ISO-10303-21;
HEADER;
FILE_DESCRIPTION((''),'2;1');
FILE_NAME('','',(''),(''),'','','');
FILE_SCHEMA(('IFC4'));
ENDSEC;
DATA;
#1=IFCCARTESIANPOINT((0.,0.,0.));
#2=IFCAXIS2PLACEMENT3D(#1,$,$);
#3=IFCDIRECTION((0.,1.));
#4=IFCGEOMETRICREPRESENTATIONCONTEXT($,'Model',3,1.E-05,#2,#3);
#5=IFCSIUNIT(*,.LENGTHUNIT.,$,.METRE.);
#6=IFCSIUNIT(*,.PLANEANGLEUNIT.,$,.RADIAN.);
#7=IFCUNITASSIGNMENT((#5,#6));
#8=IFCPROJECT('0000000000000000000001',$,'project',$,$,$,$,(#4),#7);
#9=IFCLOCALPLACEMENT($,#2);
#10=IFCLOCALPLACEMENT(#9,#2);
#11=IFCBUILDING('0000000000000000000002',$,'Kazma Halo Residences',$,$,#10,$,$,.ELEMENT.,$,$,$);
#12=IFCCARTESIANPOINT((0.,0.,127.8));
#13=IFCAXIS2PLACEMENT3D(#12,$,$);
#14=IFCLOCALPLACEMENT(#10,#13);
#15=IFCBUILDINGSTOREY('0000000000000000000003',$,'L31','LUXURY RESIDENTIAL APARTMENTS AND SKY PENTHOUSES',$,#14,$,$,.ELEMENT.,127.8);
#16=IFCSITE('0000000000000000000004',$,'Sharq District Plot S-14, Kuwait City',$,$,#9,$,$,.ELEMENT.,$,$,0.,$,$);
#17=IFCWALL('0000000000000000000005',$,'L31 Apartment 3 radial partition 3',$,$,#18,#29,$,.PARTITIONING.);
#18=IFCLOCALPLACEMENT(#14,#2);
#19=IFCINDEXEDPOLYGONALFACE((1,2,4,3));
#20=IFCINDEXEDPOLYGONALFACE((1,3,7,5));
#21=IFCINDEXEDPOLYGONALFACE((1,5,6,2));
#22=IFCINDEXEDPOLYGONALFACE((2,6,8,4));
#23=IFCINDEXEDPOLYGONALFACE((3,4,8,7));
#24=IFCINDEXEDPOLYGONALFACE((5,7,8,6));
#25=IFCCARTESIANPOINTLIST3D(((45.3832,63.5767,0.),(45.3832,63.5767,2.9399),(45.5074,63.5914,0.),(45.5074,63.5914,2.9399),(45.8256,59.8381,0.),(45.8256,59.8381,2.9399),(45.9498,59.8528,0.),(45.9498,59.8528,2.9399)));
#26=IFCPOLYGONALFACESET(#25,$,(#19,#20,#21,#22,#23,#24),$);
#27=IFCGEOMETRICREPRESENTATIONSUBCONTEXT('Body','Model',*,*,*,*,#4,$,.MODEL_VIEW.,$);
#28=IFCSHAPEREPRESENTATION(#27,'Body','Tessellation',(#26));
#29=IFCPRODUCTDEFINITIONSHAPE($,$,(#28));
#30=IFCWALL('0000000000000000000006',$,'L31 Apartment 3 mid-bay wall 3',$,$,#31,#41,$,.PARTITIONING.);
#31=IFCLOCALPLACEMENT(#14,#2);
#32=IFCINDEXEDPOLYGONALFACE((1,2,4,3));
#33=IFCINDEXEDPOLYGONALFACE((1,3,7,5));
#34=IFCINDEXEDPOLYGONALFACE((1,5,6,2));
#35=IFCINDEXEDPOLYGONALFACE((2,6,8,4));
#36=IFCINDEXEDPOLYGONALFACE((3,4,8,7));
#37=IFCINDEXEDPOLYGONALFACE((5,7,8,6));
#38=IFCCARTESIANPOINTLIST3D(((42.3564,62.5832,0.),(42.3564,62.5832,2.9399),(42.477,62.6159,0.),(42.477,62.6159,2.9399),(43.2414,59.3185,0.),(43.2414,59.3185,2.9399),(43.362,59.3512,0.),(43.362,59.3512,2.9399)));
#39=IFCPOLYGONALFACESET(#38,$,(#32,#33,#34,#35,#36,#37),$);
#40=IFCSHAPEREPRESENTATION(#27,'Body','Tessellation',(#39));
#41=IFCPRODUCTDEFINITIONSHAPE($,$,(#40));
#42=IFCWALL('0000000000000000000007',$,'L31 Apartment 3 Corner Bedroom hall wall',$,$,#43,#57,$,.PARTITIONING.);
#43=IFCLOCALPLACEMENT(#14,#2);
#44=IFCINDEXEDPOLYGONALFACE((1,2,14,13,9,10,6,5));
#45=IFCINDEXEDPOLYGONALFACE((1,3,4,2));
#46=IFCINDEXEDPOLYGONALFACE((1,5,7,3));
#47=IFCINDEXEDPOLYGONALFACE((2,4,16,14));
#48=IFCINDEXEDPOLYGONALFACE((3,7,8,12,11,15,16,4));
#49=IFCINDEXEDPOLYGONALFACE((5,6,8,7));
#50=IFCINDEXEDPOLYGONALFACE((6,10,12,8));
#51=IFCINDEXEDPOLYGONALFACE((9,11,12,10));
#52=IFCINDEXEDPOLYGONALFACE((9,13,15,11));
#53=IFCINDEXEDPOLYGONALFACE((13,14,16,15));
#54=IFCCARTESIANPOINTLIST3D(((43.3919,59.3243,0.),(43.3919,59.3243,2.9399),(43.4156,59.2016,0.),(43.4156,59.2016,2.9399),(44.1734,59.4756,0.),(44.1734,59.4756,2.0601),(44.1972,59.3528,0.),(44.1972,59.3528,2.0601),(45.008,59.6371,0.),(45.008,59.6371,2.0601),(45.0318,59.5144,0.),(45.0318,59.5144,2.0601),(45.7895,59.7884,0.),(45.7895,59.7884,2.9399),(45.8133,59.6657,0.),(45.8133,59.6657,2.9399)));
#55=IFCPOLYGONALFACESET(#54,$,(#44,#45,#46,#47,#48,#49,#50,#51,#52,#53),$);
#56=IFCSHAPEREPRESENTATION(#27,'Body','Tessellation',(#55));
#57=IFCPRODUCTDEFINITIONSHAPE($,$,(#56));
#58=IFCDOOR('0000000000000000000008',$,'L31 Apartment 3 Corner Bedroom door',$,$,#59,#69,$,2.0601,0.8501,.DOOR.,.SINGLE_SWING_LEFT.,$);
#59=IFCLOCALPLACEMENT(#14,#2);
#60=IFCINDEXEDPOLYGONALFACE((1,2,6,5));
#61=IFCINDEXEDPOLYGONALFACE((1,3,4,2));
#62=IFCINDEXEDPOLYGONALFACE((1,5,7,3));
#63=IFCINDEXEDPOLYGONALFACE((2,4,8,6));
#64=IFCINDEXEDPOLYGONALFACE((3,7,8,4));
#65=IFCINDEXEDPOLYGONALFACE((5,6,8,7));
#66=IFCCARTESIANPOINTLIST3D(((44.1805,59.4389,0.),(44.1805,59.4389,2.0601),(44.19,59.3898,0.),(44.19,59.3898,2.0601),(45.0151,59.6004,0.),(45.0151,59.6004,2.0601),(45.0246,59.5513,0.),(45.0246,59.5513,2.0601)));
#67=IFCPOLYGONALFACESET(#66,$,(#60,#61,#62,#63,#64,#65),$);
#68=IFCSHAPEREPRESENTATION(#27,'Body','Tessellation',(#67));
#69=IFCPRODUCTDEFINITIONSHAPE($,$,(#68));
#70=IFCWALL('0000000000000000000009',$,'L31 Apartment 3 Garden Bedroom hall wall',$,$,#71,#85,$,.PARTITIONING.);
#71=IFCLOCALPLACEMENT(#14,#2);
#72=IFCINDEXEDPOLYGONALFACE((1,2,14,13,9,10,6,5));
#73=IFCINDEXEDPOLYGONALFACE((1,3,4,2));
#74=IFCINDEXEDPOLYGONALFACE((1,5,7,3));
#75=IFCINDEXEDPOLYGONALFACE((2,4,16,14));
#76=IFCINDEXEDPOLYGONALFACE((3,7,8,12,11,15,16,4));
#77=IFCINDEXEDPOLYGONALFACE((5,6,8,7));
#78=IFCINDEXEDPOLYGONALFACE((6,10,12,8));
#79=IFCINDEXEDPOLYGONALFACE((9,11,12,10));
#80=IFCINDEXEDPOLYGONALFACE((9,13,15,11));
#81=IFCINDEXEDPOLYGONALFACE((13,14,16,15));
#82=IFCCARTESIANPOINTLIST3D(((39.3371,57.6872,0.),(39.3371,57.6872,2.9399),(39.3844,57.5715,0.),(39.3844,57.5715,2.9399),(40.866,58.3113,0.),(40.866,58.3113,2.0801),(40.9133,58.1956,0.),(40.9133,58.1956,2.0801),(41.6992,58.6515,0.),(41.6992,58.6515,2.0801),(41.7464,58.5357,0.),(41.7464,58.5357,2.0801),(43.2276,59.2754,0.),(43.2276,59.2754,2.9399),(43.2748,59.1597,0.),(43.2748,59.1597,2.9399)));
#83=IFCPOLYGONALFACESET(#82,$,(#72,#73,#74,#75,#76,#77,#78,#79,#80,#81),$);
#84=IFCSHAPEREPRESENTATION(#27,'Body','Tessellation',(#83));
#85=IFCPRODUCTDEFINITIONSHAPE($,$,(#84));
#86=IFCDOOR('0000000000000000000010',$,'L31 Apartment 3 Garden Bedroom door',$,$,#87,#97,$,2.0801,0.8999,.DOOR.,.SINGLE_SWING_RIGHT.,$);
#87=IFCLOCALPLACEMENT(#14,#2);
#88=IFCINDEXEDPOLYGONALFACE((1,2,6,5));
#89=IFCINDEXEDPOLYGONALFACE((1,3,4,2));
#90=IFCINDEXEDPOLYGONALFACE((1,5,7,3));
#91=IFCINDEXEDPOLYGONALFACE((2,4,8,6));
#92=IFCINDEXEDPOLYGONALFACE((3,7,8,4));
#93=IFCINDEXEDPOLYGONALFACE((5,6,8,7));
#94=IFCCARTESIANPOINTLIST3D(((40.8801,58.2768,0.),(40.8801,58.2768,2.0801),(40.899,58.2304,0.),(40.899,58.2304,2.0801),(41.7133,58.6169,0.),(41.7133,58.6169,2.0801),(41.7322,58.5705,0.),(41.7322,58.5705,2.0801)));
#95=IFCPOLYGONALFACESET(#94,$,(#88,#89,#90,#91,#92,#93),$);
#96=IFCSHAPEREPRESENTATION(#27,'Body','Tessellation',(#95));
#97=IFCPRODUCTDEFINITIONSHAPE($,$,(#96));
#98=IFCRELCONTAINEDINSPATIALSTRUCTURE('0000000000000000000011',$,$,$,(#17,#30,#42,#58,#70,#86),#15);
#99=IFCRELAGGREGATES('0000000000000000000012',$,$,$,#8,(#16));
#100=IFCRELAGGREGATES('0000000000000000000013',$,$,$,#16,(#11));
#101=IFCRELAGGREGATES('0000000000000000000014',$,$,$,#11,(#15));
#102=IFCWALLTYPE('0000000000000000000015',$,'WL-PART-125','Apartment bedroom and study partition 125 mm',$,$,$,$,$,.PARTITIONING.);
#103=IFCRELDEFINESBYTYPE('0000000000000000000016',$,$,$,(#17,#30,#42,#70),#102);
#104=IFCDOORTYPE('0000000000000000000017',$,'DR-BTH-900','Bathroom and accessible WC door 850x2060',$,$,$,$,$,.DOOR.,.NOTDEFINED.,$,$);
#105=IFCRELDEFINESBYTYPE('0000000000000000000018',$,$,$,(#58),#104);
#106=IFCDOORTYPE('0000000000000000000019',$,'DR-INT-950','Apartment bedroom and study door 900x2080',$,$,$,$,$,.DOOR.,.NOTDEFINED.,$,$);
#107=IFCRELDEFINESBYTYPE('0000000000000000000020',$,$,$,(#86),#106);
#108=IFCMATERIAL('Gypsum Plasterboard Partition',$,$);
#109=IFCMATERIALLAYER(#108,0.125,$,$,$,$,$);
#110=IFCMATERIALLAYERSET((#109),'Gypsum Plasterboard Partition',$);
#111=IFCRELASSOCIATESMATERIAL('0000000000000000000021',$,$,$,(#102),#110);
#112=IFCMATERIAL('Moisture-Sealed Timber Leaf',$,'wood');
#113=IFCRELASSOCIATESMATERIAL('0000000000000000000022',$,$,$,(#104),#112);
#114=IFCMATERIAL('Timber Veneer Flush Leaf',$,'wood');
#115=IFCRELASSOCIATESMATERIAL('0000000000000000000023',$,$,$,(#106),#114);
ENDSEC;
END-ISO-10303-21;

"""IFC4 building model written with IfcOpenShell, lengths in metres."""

from ifc_helpers import new_model, si_unit, direction, frame, frame_2d, origin, place, context, subcontext, project, spatial, rectangle, extrude, material, layer, layer_set, type_object, element, fill, save


model = new_model("IFC4")

# Units and contexts
model_context = context("Model", 3, precision=1e-05, world=origin(), true_north=direction((0.0, 1.0)))
body_context = subcontext(model_context, "Body", "Model", "MODEL_VIEW")
ifc_project = project(units=[si_unit("LENGTHUNIT", "METRE"), si_unit("PLANEANGLEUNIT", "RADIAN")], contexts=[model_context])

# Site, building, storey
site_placement = place(None, origin())
site = spatial("IfcSite", under=ifc_project, at=site_placement, Name="Sharq District Plot S-14, Kuwait City", CompositionType="ELEMENT", RefElevation=0.0)
building_placement = place(site_placement, origin())
building = spatial("IfcBuilding", under=site, at=building_placement, Name="Kazma Halo Residences", CompositionType="ELEMENT")
storey_placement = place(building_placement, frame((0.0, 0.0, 127.8)))
storey = spatial("IfcBuildingStorey", under=building, at=storey_placement, Name="L31", Description="LUXURY RESIDENTIAL APARTMENTS AND SKY PENTHOUSES", CompositionType="ELEMENT", Elevation=127.8)

# Walls
ifc_material_1 = material(Name="Gypsum Plasterboard Partition")
ifc_layer_1 = layer(ifc_material_1, 0.125)
ifc_layer_set_1 = layer_set([ifc_layer_1], Name="Gypsum Plasterboard Partition")
wall_type = type_object("IfcWallType", Name="WL-PART-125", Description="Apartment bedroom and study partition 125 mm", PredefinedType="PARTITIONING", material=ifc_layer_set_1)
wall_1_placement = place(storey_placement, frame((45.8877, 59.8455, 0.0), z_axis=(0.0, 0.0, 1.0), x_axis=(-0.117511, 0.993072, 0.0)))
element("IfcWall", 1, at=wall_1_placement, inside=storey, type_object=wall_type, Name="L31 Apartment 3 radial partition 3", PredefinedType="PARTITIONING", context=body_context, shape_type="SweptSolid", body=[
    extrude(rectangle(XDim=3.7646, YDim=0.125, at=frame_2d((1.8823, 0.0))), origin(), (0.0, 0.0, 1.0), 2.9399),
])
wall_2_placement = place(storey_placement, frame((43.3018, 59.3347, 0.0), z_axis=(0.0, 0.0, 1.0), x_axis=(-0.261645, 0.965164, 0.0)))
element("IfcWall", 2, at=wall_2_placement, inside=storey, type_object=wall_type, Name="L31 Apartment 3 mid-bay wall 3", PredefinedType="PARTITIONING", context=body_context, shape_type="SweptSolid", body=[
    extrude(rectangle(XDim=3.3826, YDim=0.125, at=frame_2d((1.6914, 0.0))), origin(), (0.0, 0.0, 1.0), 2.9399),
])

# Walls, openings, doors
wall_3_placement = place(storey_placement, frame((45.8015, 59.7271, 0.0), z_axis=(0.0, 0.0, 1.0), x_axis=(-0.981777, -0.190037, 0.0)))
wall_3 = element("IfcWall", 3, at=wall_3_placement, inside=storey, type_object=wall_type, Name="L31 Apartment 3 Corner Bedroom hall wall", PredefinedType="PARTITIONING", context=body_context, shape_type="SweptSolid", body=[
    extrude(rectangle(XDim=2.4421, YDim=0.125, at=frame_2d((1.2212, 0.0))), origin(), (0.0, 0.0, 1.0), 2.9399),
])
opening_1_placement = place(wall_3_placement, frame((0.7961, 0.0, 0.0)))
opening_1 = element("IfcOpeningElement", 4, at=opening_1_placement, cuts=wall_3, PredefinedType="OPENING", context=body_context, shape_type="SweptSolid", body=[
    extrude(rectangle(XDim=0.8501, YDim=2.0601, at=frame_2d((0.425, 1.03))), frame((0.0, 0.0725, 0.0), z_axis=(0.0, -1.0, 0.0), x_axis=(1.0, 0.0, 0.0)), (0.0, 0.0, 1.0), 0.145),
])
ifc_material_2 = material(Name="Moisture-Sealed Timber Leaf", Category="wood")
door_type_1 = type_object("IfcDoorType", Name="DR-BTH-900", Description="Bathroom and accessible WC door 850x2060", OperationType="NOTDEFINED", PredefinedType="DOOR", material=ifc_material_2)
door_1_placement = place(opening_1_placement, origin())
door_1 = element("IfcDoor", 5, at=door_1_placement, inside=storey, type_object=door_type_1, Name="L31 Apartment 3 Corner Bedroom door", OperationType="SINGLE_SWING_LEFT", OverallHeight=2.0601, OverallWidth=0.8501, PredefinedType="DOOR", context=body_context, shape_type="SweptSolid", body=[
    extrude(rectangle(XDim=0.8501, YDim=2.0601, at=frame_2d((0.425, 1.03))), frame((0.0, 0.0249, 0.0), z_axis=(0.0, -1.0, 0.0), x_axis=(1.0, 0.0, 0.0)), (0.0, 0.0, 1.0), 0.05),
])
fill(opening_1, door_1)
wall_4_placement = place(storey_placement, frame((43.2512, 59.2175, 0.0), z_axis=(0.0, 0.0, 1.0), x_axis=(-0.925829, -0.377943, 0.0)))
wall_4 = element("IfcWall", 6, at=wall_4_placement, inside=storey, type_object=wall_type, Name="L31 Apartment 3 Garden Bedroom hall wall", PredefinedType="PARTITIONING", context=body_context, shape_type="SweptSolid", body=[
    extrude(rectangle(XDim=4.2021, YDim=0.125, at=frame_2d((2.1011, 0.0))), origin(), (0.0, 0.0, 1.0), 2.9399),
])
opening_2_placement = place(wall_4_placement, frame((1.6509, 0.0, 0.0)))
opening_2 = element("IfcOpeningElement", 7, at=opening_2_placement, cuts=wall_4, PredefinedType="OPENING", context=body_context, shape_type="SweptSolid", body=[
    extrude(rectangle(XDim=0.8999, YDim=2.0801, at=frame_2d((0.45, 1.04))), frame((0.0, 0.0725, 0.0), z_axis=(0.0, -1.0, 0.0), x_axis=(1.0, 0.0, 0.0)), (0.0, 0.0, 1.0), 0.145),
])
ifc_material_3 = material(Name="Timber Veneer Flush Leaf", Category="wood")
door_type_2 = type_object("IfcDoorType", Name="DR-INT-950", Description="Apartment bedroom and study door 900x2080", OperationType="NOTDEFINED", PredefinedType="DOOR", material=ifc_material_3)
door_2_placement = place(opening_2_placement, origin())
door_2 = element("IfcDoor", 8, at=door_2_placement, inside=storey, type_object=door_type_2, Name="L31 Apartment 3 Garden Bedroom door", OperationType="SINGLE_SWING_RIGHT", OverallHeight=2.0801, OverallWidth=0.8999, PredefinedType="DOOR", context=body_context, shape_type="SweptSolid", body=[
    extrude(rectangle(XDim=0.8999, YDim=2.0801, at=frame_2d((0.45, 1.04))), frame((0.0, 0.0249, 0.0), z_axis=(0.0, -1.0, 0.0), x_axis=(1.0, 0.0, 0.0)), (0.0, 0.0, 1.0), 0.05),
])
fill(opening_2, door_2)

save(model, "model.ifc")
